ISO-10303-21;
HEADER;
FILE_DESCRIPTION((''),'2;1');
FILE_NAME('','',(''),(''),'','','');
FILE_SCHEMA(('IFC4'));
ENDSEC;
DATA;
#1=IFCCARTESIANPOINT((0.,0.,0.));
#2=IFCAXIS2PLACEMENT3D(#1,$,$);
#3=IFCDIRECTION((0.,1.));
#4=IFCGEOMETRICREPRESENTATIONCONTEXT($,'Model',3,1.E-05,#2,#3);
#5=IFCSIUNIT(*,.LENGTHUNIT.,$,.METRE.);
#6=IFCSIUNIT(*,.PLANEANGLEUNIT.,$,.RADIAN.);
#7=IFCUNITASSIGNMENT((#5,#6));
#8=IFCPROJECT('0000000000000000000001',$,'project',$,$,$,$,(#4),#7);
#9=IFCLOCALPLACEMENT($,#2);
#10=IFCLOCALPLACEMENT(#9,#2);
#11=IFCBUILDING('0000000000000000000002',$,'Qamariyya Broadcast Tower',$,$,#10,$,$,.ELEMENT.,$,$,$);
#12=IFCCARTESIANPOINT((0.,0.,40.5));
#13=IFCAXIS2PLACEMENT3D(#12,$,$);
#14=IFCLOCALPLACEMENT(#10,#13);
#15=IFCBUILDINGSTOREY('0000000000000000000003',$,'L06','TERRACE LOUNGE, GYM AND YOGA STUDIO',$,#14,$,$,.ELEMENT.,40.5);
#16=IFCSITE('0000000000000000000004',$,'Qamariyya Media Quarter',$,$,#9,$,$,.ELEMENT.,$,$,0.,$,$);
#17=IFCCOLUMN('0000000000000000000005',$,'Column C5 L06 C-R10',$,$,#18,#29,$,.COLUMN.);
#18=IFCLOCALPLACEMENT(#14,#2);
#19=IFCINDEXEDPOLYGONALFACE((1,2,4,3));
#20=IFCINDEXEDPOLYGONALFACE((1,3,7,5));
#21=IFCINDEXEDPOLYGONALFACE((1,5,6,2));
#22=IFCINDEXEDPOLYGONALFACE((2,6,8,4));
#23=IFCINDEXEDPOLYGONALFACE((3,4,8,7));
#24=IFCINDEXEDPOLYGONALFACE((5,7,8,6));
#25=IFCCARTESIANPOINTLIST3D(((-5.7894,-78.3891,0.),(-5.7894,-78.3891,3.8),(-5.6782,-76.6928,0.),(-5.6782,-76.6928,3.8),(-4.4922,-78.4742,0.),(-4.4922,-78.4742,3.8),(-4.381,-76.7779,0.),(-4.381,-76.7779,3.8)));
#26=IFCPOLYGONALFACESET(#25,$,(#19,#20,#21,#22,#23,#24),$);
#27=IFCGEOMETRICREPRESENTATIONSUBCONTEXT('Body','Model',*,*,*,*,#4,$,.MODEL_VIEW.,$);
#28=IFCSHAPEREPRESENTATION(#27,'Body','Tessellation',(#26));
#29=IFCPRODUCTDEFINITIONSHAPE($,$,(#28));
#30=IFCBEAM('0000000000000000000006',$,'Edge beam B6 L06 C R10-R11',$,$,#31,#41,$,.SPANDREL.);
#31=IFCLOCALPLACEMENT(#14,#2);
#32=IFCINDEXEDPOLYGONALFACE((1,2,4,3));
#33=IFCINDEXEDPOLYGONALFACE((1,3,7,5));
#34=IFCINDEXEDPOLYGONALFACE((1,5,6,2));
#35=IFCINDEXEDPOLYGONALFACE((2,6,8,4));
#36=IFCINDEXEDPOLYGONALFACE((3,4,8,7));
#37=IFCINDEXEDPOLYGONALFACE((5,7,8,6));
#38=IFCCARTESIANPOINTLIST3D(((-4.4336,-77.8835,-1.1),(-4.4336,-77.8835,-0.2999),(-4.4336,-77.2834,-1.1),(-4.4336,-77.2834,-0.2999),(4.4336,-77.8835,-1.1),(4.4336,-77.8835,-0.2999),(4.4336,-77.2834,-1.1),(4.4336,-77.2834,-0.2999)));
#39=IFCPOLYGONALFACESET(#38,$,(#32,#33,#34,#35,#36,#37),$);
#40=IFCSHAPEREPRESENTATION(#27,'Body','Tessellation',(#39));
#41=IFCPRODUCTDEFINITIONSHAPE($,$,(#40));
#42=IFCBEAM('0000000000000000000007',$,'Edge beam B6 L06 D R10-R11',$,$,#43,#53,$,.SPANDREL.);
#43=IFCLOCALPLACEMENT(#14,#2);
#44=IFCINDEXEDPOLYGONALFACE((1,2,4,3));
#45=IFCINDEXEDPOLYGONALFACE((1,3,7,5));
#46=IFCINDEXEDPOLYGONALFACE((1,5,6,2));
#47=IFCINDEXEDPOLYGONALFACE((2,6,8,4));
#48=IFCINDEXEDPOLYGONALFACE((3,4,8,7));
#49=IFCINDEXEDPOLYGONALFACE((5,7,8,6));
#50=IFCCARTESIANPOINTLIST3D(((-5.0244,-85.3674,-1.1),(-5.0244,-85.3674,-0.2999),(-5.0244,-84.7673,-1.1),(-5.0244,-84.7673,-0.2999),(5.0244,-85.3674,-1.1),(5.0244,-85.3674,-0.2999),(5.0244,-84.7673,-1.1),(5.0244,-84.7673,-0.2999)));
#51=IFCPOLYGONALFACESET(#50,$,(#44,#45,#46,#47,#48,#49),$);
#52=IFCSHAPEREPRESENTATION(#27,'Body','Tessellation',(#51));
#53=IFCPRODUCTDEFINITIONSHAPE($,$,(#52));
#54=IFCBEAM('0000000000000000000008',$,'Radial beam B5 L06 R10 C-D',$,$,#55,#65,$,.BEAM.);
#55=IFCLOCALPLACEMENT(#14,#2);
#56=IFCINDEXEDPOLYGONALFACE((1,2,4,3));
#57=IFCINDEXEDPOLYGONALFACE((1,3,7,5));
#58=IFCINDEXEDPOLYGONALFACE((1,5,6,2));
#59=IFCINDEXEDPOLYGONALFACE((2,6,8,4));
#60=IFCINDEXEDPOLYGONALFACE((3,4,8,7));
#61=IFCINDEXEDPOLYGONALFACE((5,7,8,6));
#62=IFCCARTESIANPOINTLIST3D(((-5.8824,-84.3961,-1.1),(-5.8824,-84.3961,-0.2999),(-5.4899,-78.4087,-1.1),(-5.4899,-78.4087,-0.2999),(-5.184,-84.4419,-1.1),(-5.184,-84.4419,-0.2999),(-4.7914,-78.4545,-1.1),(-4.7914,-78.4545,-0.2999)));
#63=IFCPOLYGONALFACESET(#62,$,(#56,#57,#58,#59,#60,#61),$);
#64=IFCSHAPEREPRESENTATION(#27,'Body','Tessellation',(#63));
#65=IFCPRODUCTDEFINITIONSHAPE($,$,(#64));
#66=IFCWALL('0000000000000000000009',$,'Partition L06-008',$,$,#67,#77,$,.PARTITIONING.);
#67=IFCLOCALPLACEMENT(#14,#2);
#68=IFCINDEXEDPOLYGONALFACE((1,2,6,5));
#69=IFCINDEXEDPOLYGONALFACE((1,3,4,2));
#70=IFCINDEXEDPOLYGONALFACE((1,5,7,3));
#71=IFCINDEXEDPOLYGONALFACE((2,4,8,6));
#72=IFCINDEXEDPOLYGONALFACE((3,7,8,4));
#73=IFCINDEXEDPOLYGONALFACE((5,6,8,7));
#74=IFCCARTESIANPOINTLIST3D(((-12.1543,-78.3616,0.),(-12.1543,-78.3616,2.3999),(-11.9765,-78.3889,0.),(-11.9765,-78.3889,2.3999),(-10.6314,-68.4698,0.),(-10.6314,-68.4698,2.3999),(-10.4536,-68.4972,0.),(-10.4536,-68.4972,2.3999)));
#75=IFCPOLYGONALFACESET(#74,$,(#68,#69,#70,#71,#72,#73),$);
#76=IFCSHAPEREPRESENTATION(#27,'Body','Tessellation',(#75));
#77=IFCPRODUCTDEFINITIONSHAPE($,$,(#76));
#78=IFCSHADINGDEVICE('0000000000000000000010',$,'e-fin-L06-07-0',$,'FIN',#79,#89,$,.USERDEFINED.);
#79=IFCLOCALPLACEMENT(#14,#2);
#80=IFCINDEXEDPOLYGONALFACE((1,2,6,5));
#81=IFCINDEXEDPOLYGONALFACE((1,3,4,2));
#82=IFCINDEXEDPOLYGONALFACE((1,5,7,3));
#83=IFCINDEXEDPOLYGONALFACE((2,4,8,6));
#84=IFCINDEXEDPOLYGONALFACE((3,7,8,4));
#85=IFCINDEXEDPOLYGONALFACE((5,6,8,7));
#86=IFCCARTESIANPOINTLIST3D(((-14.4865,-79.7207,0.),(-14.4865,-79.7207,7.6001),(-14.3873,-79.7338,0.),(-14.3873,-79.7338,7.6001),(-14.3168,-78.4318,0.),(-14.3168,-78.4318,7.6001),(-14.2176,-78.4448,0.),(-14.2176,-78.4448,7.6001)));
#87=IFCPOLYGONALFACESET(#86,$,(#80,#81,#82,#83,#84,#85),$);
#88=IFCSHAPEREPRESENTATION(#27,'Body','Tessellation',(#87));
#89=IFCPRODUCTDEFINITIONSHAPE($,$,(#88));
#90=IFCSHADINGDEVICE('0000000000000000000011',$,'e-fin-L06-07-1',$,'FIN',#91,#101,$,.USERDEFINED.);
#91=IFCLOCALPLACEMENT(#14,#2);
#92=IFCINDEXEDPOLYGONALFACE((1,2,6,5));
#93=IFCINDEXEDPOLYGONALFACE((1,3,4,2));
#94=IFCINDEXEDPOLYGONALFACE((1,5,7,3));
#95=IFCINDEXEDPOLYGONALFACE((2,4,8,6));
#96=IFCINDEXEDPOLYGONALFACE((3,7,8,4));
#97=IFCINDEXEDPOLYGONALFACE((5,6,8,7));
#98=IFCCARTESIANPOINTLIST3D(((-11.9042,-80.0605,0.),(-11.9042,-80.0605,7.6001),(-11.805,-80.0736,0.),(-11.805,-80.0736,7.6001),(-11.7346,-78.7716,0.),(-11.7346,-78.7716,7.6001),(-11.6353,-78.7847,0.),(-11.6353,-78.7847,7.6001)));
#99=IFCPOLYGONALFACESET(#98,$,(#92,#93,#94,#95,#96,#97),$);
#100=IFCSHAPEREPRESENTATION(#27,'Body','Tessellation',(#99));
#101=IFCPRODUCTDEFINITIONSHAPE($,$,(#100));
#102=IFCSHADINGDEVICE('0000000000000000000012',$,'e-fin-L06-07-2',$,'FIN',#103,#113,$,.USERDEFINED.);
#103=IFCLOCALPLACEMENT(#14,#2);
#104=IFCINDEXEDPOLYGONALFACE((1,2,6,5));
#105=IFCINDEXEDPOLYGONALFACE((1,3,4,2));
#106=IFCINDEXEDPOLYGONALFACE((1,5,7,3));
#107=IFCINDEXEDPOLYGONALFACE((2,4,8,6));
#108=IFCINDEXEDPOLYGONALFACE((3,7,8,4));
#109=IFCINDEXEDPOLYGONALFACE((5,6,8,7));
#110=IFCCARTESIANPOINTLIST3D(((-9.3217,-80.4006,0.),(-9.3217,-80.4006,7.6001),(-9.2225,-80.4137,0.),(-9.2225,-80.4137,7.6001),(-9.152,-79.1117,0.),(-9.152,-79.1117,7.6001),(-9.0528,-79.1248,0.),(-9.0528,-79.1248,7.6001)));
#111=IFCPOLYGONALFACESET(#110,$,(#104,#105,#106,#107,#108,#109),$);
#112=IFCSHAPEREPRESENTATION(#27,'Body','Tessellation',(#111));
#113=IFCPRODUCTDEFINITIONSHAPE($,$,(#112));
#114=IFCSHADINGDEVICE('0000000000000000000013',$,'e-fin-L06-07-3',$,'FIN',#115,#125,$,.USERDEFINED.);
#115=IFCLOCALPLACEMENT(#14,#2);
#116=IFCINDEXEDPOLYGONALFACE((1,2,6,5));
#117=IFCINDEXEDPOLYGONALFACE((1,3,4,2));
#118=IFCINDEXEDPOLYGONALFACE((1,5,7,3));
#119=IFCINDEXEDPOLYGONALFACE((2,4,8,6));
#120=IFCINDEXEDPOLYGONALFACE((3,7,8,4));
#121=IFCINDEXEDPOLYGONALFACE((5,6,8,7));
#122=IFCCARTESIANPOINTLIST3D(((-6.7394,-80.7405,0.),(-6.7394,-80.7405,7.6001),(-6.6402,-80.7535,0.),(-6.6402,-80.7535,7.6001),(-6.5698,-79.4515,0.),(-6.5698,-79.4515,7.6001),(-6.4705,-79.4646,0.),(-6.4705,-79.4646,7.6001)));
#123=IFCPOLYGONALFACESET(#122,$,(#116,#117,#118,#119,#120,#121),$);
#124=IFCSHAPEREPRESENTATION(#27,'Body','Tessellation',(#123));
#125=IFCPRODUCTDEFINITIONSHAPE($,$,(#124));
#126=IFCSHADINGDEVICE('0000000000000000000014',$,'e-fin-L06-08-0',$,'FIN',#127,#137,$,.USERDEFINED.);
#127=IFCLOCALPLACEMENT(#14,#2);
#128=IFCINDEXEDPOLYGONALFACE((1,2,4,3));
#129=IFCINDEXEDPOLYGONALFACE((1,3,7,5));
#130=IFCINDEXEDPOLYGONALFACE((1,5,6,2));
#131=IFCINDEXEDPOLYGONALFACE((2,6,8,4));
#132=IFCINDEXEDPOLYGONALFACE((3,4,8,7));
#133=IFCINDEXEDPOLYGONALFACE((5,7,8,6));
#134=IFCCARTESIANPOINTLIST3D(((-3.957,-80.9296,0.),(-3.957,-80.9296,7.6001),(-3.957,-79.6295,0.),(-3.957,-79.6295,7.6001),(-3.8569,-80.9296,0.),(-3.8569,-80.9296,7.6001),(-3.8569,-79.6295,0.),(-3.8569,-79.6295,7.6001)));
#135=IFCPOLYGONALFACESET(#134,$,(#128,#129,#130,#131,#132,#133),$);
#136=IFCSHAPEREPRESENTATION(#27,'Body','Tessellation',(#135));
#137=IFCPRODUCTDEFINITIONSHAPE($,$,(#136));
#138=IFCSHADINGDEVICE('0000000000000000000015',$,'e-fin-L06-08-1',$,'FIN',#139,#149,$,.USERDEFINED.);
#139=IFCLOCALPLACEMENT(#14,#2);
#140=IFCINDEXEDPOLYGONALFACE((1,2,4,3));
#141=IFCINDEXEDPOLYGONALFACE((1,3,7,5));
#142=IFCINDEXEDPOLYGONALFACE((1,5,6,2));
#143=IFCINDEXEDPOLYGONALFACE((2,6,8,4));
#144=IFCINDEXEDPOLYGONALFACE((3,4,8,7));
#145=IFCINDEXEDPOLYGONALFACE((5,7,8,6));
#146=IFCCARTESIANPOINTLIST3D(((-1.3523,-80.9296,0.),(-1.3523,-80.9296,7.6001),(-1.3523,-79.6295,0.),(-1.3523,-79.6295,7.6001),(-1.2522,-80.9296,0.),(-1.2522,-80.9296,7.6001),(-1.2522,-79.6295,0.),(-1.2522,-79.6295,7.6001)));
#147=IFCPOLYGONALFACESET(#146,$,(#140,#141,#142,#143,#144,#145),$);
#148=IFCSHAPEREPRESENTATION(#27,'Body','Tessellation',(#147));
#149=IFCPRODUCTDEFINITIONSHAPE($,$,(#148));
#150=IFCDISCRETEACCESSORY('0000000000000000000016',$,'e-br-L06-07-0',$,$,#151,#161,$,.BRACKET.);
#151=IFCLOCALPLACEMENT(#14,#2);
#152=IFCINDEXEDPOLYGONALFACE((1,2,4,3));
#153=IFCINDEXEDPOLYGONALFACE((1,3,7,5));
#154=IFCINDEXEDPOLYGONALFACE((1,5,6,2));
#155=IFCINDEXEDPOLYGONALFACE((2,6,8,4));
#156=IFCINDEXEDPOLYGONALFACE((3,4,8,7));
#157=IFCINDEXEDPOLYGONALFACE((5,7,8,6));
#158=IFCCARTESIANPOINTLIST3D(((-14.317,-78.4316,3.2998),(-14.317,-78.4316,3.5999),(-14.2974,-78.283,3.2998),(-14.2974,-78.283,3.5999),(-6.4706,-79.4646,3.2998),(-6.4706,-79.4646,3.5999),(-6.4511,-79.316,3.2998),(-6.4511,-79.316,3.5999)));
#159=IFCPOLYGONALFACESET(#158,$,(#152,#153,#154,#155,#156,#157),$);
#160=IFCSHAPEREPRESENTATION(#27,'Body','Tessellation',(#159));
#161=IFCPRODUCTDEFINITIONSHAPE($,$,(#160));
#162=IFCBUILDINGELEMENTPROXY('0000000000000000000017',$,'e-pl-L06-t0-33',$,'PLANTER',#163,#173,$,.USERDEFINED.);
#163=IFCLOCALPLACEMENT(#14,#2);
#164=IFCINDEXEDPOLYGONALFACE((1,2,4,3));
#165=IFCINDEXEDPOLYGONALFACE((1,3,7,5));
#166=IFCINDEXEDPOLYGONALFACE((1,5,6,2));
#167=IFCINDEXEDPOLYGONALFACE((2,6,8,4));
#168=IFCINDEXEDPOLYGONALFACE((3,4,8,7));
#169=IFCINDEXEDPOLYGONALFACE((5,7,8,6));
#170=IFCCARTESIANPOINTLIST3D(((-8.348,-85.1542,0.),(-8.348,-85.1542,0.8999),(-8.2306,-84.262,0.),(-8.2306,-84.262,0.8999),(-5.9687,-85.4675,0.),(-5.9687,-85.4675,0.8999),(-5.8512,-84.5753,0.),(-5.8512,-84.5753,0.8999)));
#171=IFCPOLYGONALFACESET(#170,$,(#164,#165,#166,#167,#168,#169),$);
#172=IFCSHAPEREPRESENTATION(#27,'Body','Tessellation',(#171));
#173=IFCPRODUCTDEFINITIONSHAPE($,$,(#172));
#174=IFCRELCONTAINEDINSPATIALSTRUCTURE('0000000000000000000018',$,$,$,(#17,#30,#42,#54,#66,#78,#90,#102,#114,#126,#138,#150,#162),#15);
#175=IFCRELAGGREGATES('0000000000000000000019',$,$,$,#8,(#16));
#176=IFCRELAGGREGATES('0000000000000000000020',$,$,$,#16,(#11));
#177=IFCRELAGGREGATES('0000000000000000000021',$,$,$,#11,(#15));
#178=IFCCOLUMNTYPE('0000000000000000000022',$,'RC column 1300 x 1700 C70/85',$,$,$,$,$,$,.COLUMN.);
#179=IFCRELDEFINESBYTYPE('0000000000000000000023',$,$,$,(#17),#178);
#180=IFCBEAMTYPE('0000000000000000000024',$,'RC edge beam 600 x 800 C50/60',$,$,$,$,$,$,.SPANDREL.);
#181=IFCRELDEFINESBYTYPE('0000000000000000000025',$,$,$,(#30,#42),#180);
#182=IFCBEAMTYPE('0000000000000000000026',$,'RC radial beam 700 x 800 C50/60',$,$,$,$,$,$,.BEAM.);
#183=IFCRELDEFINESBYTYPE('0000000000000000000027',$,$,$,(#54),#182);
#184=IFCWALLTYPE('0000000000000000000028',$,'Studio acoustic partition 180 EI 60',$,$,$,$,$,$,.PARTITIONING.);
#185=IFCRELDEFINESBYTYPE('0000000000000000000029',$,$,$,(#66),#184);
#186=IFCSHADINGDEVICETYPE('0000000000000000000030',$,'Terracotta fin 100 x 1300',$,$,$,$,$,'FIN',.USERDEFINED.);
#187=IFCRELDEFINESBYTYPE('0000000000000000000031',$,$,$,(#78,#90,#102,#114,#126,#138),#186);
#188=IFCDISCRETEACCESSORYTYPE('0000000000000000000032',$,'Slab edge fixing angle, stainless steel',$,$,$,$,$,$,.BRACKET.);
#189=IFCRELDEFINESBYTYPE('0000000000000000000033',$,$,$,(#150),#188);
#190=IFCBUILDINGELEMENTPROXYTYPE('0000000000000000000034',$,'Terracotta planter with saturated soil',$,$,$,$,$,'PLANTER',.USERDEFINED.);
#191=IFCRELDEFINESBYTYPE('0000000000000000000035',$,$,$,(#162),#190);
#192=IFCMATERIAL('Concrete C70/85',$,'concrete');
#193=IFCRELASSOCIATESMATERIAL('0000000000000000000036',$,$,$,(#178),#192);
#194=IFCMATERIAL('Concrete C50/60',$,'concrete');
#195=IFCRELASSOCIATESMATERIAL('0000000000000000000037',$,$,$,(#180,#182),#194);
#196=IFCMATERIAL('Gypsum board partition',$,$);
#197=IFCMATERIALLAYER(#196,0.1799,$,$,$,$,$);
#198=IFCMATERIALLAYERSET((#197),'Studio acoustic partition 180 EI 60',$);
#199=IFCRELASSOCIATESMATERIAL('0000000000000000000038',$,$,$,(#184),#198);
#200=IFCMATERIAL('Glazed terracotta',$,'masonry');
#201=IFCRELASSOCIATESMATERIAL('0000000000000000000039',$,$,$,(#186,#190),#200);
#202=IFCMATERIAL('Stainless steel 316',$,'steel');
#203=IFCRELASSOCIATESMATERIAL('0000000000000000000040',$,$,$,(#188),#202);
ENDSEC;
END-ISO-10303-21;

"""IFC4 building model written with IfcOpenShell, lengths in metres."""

from ifc_helpers import new_model, si_unit, direction, frame, frame_2d, origin, origin_2d, place, context, subcontext, project, spatial, rectangle, extrude, material, layer, layer_set, material_profile, profile_set, type_object, element, save


model = new_model("IFC4")

# Units and contexts
model_context = context("Model", 3, precision=1e-05, world=origin(), true_north=direction((0.0, 1.0)))
body_context = subcontext(model_context, "Body", "Model", "MODEL_VIEW")
ifc_project = project(units=[si_unit("LENGTHUNIT", "METRE"), si_unit("PLANEANGLEUNIT", "RADIAN")], contexts=[model_context])

# Site, building, storey
site_placement = place(None, origin())
site = spatial("IfcSite", under=ifc_project, at=site_placement, Name="Qamariyya Media Quarter", CompositionType="ELEMENT", RefElevation=0.0)
building_placement = place(site_placement, origin())
building = spatial("IfcBuilding", under=site, at=building_placement, Name="Qamariyya Broadcast Tower", CompositionType="ELEMENT")
storey_placement = place(building_placement, frame((0.0, 0.0, 40.5)))
storey = spatial("IfcBuildingStorey", under=building, at=storey_placement, Name="L06", Description="TERRACE LOUNGE, GYM AND YOGA STUDIO", CompositionType="ELEMENT", Elevation=40.5)

# Column
ifc_material_1 = material(Name="Concrete C70/85", Category="concrete")
ifc_material_profile_1 = material_profile(ifc_material_1, rectangle(XDim=1.3, YDim=1.7, at=origin_2d()))
ifc_profile_set_1 = profile_set([ifc_material_profile_1], Name="Concrete C70/85")
column_type = type_object("IfcColumnType", Name="RC column 1300 x 1700 C70/85", PredefinedType="COLUMN", material=ifc_profile_set_1)
column_placement = place(storey_placement, frame((-5.0852, -77.5835, 0.0), z_axis=(0.0, 0.0, 1.0), x_axis=(0.997859, -0.065403, 0.0)))
element("IfcColumn", 1, at=column_placement, inside=storey, type_object=column_type, Name="Column C5 L06 C-R10", PredefinedType="COLUMN", context=body_context, shape_type="SweptSolid", body=[
    extrude(rectangle(XDim=1.3, YDim=1.7, at=origin_2d()), origin(), (0.0, 0.0, 1.0), 3.8),
])

# Beams
ifc_material_2 = material(Name="Concrete C50/60", Category="concrete")
ifc_material_profile_2 = material_profile(ifc_material_2, rectangle(XDim=0.6001, YDim=0.8, at=origin_2d()))
ifc_profile_set_2 = profile_set([ifc_material_profile_2], Name="Concrete C50/60")
beam_type_1 = type_object("IfcBeamType", Name="RC edge beam 600 x 800 C50/60", PredefinedType="SPANDREL", material=ifc_profile_set_2)
beam_1_placement = place(storey_placement, frame((-4.4336, -77.5835, -0.7), z_axis=(1.0, 0.0, 0.0), x_axis=(0.0, 1.0, 0.0)))
element("IfcBeam", 2, at=beam_1_placement, inside=storey, type_object=beam_type_1, Name="Edge beam B6 L06 C R10-R11", PredefinedType="SPANDREL", context=body_context, shape_type="SweptSolid", body=[
    extrude(rectangle(XDim=0.6001, YDim=0.8, at=origin_2d()), origin(), (0.0, 0.0, 1.0), 8.8672),
])
beam_2_placement = place(storey_placement, frame((-5.0244, -85.0674, -0.7), z_axis=(1.0, 0.0, 0.0), x_axis=(0.0, 1.0, 0.0)))
element("IfcBeam", 3, at=beam_2_placement, inside=storey, type_object=beam_type_1, Name="Edge beam B6 L06 D R10-R11", PredefinedType="SPANDREL", context=body_context, shape_type="SweptSolid", body=[
    extrude(rectangle(XDim=0.6001, YDim=0.8, at=origin_2d()), origin(), (0.0, 0.0, 1.0), 10.0488),
])
ifc_material_profile_3 = material_profile(ifc_material_2, rectangle(XDim=0.7, YDim=0.8, at=origin_2d()))
ifc_profile_set_3 = profile_set([ifc_material_profile_3], Name="Concrete C50/60")
beam_type_2 = type_object("IfcBeamType", Name="RC radial beam 700 x 800 C50/60", PredefinedType="BEAM", material=ifc_profile_set_3)
beam_3_placement = place(storey_placement, frame((-5.1406, -78.4316, -0.7), z_axis=(-0.065428, -0.997857, 0.0), x_axis=(0.997857, -0.065428, 0.0)))
element("IfcBeam", 4, at=beam_3_placement, inside=storey, type_object=beam_type_2, Name="Radial beam B5 L06 R10 C-D", PredefinedType="BEAM", context=body_context, shape_type="SweptSolid", body=[
    extrude(rectangle(XDim=0.7, YDim=0.8, at=origin_2d()), origin(), (0.0, 0.0, 1.0), 6.0002),
])

# Wall
ifc_material_3 = material(Name="Gypsum board partition")
ifc_layer = layer(ifc_material_3, 0.1799)
ifc_layer_set = layer_set([ifc_layer], Name="Studio acoustic partition 180 EI 60")
wall_type = type_object("IfcWallType", Name="Studio acoustic partition 180 EI 60", PredefinedType="PARTITIONING", material=ifc_layer_set)
wall_placement = place(storey_placement, frame((-12.0654, -78.3752, 0.0), z_axis=(0.0, 0.0, 1.0), x_axis=(0.152167, 0.988355, 0.0)))
element("IfcWall", 5, at=wall_placement, inside=storey, type_object=wall_type, Name="Partition L06-008", PredefinedType="PARTITIONING", context=body_context, shape_type="SweptSolid", body=[
    extrude(rectangle(XDim=10.0083, YDim=0.1799, at=frame_2d((5.0042, 0.0))), origin(), (0.0, 0.0, 1.0), 2.3999),
])

# Shading devices
ifc_material_4 = material(Name="Glazed terracotta", Category="masonry")
ifc_material_profile_4 = material_profile(ifc_material_4, rectangle(XDim=1.3, YDim=0.1001, at=origin_2d()))
ifc_profile_set_4 = profile_set([ifc_material_profile_4], Name="Glazed terracotta")
shading_device_type_1 = type_object("IfcShadingDeviceType", Name="Terracotta fin 100 x 1300", ElementType="FIN", PredefinedType="USERDEFINED", material=ifc_profile_set_4)
for number, where, z_axis, x_axis, name in (
    (6, (-14.3521, -79.0828, 0.0), (0.0, 0.0, 1.0), (-0.130526, -0.991445, 0.0), "e-fin-L06-07-0"),
    (7, (-11.7698, -79.4226, 0.0), (0.0, 0.0, 1.0), (-0.130526, -0.991445, 0.0), "e-fin-L06-07-1"),
    (8, (-9.1873, -79.7627, 0.0), (0.0, 0.0, 1.0), (-0.130526, -0.991445, 0.0), "e-fin-L06-07-2"),
    (9, (-6.605, -80.1025, 0.0), (0.0, 0.0, 1.0), (-0.130526, -0.991445, 0.0), "e-fin-L06-07-3"),
    (10, (-3.907, -80.2795, 0.0), (0.0, 0.0, 1.0), (0.0, -1.0, 0.0), "e-fin-L06-08-0"),
    (11, (-1.3022, -80.2795, 0.0), (0.0, 0.0, 1.0), (0.0, -1.0, 0.0), "e-fin-L06-08-1"),
):
    element("IfcShadingDevice", number, at=place(storey_placement, frame(where, z_axis=z_axis, x_axis=x_axis)), inside=storey, type_object=shading_device_type_1, Name=name, ObjectType="FIN", PredefinedType="USERDEFINED", context=body_context, shape_type="SweptSolid", body=[
        extrude(rectangle(XDim=1.3, YDim=0.1001, at=origin_2d()), origin(), (0.0, 0.0, 1.0), 7.6001),
    ])

# Discrete accessory
ifc_material_5 = material(Name="Stainless steel 316", Category="steel")
discrete_accessory_type = type_object("IfcDiscreteAccessoryType", Name="Slab edge fixing angle, stainless steel", PredefinedType="BRACKET", material=ifc_material_5)
discrete_accessory_placement = place(storey_placement, frame((-10.384, -78.8738, 3.2998), z_axis=(0.0, 0.0, 1.0), x_axis=(0.991445, -0.130526, 0.0)))
element("IfcDiscreteAccessory", 12, at=discrete_accessory_placement, inside=storey, type_object=discrete_accessory_type, Name="e-br-L06-07-0", PredefinedType="BRACKET", context=body_context, shape_type="SweptSolid", body=[
    extrude(rectangle(XDim=7.9141, YDim=0.1499, at=origin_2d()), origin(), (0.0, 0.0, 1.0), 0.3),
])

# Building element proxy
building_element_proxy_type = type_object("IfcBuildingElementProxyType", Name="Terracotta planter with saturated soil", ElementType="PLANTER", PredefinedType="USERDEFINED", material=ifc_material_4)
proxy_placement = place(storey_placement, frame((-7.0996, -84.8647, 0.0), z_axis=(0.0, 0.0, 1.0), x_axis=(-0.991445, 0.130526, 0.0)))
element("IfcBuildingElementProxy", 13, at=proxy_placement, inside=storey, type_object=building_element_proxy_type, Name="e-pl-L06-t0-33", ObjectType="PLANTER", PredefinedType="USERDEFINED", context=body_context, shape_type="SweptSolid", body=[
    extrude(rectangle(XDim=2.3999, YDim=0.8999, at=origin_2d()), origin(), (0.0, 0.0, 1.0), 0.8999),
])

save(model, "model.ifc")
